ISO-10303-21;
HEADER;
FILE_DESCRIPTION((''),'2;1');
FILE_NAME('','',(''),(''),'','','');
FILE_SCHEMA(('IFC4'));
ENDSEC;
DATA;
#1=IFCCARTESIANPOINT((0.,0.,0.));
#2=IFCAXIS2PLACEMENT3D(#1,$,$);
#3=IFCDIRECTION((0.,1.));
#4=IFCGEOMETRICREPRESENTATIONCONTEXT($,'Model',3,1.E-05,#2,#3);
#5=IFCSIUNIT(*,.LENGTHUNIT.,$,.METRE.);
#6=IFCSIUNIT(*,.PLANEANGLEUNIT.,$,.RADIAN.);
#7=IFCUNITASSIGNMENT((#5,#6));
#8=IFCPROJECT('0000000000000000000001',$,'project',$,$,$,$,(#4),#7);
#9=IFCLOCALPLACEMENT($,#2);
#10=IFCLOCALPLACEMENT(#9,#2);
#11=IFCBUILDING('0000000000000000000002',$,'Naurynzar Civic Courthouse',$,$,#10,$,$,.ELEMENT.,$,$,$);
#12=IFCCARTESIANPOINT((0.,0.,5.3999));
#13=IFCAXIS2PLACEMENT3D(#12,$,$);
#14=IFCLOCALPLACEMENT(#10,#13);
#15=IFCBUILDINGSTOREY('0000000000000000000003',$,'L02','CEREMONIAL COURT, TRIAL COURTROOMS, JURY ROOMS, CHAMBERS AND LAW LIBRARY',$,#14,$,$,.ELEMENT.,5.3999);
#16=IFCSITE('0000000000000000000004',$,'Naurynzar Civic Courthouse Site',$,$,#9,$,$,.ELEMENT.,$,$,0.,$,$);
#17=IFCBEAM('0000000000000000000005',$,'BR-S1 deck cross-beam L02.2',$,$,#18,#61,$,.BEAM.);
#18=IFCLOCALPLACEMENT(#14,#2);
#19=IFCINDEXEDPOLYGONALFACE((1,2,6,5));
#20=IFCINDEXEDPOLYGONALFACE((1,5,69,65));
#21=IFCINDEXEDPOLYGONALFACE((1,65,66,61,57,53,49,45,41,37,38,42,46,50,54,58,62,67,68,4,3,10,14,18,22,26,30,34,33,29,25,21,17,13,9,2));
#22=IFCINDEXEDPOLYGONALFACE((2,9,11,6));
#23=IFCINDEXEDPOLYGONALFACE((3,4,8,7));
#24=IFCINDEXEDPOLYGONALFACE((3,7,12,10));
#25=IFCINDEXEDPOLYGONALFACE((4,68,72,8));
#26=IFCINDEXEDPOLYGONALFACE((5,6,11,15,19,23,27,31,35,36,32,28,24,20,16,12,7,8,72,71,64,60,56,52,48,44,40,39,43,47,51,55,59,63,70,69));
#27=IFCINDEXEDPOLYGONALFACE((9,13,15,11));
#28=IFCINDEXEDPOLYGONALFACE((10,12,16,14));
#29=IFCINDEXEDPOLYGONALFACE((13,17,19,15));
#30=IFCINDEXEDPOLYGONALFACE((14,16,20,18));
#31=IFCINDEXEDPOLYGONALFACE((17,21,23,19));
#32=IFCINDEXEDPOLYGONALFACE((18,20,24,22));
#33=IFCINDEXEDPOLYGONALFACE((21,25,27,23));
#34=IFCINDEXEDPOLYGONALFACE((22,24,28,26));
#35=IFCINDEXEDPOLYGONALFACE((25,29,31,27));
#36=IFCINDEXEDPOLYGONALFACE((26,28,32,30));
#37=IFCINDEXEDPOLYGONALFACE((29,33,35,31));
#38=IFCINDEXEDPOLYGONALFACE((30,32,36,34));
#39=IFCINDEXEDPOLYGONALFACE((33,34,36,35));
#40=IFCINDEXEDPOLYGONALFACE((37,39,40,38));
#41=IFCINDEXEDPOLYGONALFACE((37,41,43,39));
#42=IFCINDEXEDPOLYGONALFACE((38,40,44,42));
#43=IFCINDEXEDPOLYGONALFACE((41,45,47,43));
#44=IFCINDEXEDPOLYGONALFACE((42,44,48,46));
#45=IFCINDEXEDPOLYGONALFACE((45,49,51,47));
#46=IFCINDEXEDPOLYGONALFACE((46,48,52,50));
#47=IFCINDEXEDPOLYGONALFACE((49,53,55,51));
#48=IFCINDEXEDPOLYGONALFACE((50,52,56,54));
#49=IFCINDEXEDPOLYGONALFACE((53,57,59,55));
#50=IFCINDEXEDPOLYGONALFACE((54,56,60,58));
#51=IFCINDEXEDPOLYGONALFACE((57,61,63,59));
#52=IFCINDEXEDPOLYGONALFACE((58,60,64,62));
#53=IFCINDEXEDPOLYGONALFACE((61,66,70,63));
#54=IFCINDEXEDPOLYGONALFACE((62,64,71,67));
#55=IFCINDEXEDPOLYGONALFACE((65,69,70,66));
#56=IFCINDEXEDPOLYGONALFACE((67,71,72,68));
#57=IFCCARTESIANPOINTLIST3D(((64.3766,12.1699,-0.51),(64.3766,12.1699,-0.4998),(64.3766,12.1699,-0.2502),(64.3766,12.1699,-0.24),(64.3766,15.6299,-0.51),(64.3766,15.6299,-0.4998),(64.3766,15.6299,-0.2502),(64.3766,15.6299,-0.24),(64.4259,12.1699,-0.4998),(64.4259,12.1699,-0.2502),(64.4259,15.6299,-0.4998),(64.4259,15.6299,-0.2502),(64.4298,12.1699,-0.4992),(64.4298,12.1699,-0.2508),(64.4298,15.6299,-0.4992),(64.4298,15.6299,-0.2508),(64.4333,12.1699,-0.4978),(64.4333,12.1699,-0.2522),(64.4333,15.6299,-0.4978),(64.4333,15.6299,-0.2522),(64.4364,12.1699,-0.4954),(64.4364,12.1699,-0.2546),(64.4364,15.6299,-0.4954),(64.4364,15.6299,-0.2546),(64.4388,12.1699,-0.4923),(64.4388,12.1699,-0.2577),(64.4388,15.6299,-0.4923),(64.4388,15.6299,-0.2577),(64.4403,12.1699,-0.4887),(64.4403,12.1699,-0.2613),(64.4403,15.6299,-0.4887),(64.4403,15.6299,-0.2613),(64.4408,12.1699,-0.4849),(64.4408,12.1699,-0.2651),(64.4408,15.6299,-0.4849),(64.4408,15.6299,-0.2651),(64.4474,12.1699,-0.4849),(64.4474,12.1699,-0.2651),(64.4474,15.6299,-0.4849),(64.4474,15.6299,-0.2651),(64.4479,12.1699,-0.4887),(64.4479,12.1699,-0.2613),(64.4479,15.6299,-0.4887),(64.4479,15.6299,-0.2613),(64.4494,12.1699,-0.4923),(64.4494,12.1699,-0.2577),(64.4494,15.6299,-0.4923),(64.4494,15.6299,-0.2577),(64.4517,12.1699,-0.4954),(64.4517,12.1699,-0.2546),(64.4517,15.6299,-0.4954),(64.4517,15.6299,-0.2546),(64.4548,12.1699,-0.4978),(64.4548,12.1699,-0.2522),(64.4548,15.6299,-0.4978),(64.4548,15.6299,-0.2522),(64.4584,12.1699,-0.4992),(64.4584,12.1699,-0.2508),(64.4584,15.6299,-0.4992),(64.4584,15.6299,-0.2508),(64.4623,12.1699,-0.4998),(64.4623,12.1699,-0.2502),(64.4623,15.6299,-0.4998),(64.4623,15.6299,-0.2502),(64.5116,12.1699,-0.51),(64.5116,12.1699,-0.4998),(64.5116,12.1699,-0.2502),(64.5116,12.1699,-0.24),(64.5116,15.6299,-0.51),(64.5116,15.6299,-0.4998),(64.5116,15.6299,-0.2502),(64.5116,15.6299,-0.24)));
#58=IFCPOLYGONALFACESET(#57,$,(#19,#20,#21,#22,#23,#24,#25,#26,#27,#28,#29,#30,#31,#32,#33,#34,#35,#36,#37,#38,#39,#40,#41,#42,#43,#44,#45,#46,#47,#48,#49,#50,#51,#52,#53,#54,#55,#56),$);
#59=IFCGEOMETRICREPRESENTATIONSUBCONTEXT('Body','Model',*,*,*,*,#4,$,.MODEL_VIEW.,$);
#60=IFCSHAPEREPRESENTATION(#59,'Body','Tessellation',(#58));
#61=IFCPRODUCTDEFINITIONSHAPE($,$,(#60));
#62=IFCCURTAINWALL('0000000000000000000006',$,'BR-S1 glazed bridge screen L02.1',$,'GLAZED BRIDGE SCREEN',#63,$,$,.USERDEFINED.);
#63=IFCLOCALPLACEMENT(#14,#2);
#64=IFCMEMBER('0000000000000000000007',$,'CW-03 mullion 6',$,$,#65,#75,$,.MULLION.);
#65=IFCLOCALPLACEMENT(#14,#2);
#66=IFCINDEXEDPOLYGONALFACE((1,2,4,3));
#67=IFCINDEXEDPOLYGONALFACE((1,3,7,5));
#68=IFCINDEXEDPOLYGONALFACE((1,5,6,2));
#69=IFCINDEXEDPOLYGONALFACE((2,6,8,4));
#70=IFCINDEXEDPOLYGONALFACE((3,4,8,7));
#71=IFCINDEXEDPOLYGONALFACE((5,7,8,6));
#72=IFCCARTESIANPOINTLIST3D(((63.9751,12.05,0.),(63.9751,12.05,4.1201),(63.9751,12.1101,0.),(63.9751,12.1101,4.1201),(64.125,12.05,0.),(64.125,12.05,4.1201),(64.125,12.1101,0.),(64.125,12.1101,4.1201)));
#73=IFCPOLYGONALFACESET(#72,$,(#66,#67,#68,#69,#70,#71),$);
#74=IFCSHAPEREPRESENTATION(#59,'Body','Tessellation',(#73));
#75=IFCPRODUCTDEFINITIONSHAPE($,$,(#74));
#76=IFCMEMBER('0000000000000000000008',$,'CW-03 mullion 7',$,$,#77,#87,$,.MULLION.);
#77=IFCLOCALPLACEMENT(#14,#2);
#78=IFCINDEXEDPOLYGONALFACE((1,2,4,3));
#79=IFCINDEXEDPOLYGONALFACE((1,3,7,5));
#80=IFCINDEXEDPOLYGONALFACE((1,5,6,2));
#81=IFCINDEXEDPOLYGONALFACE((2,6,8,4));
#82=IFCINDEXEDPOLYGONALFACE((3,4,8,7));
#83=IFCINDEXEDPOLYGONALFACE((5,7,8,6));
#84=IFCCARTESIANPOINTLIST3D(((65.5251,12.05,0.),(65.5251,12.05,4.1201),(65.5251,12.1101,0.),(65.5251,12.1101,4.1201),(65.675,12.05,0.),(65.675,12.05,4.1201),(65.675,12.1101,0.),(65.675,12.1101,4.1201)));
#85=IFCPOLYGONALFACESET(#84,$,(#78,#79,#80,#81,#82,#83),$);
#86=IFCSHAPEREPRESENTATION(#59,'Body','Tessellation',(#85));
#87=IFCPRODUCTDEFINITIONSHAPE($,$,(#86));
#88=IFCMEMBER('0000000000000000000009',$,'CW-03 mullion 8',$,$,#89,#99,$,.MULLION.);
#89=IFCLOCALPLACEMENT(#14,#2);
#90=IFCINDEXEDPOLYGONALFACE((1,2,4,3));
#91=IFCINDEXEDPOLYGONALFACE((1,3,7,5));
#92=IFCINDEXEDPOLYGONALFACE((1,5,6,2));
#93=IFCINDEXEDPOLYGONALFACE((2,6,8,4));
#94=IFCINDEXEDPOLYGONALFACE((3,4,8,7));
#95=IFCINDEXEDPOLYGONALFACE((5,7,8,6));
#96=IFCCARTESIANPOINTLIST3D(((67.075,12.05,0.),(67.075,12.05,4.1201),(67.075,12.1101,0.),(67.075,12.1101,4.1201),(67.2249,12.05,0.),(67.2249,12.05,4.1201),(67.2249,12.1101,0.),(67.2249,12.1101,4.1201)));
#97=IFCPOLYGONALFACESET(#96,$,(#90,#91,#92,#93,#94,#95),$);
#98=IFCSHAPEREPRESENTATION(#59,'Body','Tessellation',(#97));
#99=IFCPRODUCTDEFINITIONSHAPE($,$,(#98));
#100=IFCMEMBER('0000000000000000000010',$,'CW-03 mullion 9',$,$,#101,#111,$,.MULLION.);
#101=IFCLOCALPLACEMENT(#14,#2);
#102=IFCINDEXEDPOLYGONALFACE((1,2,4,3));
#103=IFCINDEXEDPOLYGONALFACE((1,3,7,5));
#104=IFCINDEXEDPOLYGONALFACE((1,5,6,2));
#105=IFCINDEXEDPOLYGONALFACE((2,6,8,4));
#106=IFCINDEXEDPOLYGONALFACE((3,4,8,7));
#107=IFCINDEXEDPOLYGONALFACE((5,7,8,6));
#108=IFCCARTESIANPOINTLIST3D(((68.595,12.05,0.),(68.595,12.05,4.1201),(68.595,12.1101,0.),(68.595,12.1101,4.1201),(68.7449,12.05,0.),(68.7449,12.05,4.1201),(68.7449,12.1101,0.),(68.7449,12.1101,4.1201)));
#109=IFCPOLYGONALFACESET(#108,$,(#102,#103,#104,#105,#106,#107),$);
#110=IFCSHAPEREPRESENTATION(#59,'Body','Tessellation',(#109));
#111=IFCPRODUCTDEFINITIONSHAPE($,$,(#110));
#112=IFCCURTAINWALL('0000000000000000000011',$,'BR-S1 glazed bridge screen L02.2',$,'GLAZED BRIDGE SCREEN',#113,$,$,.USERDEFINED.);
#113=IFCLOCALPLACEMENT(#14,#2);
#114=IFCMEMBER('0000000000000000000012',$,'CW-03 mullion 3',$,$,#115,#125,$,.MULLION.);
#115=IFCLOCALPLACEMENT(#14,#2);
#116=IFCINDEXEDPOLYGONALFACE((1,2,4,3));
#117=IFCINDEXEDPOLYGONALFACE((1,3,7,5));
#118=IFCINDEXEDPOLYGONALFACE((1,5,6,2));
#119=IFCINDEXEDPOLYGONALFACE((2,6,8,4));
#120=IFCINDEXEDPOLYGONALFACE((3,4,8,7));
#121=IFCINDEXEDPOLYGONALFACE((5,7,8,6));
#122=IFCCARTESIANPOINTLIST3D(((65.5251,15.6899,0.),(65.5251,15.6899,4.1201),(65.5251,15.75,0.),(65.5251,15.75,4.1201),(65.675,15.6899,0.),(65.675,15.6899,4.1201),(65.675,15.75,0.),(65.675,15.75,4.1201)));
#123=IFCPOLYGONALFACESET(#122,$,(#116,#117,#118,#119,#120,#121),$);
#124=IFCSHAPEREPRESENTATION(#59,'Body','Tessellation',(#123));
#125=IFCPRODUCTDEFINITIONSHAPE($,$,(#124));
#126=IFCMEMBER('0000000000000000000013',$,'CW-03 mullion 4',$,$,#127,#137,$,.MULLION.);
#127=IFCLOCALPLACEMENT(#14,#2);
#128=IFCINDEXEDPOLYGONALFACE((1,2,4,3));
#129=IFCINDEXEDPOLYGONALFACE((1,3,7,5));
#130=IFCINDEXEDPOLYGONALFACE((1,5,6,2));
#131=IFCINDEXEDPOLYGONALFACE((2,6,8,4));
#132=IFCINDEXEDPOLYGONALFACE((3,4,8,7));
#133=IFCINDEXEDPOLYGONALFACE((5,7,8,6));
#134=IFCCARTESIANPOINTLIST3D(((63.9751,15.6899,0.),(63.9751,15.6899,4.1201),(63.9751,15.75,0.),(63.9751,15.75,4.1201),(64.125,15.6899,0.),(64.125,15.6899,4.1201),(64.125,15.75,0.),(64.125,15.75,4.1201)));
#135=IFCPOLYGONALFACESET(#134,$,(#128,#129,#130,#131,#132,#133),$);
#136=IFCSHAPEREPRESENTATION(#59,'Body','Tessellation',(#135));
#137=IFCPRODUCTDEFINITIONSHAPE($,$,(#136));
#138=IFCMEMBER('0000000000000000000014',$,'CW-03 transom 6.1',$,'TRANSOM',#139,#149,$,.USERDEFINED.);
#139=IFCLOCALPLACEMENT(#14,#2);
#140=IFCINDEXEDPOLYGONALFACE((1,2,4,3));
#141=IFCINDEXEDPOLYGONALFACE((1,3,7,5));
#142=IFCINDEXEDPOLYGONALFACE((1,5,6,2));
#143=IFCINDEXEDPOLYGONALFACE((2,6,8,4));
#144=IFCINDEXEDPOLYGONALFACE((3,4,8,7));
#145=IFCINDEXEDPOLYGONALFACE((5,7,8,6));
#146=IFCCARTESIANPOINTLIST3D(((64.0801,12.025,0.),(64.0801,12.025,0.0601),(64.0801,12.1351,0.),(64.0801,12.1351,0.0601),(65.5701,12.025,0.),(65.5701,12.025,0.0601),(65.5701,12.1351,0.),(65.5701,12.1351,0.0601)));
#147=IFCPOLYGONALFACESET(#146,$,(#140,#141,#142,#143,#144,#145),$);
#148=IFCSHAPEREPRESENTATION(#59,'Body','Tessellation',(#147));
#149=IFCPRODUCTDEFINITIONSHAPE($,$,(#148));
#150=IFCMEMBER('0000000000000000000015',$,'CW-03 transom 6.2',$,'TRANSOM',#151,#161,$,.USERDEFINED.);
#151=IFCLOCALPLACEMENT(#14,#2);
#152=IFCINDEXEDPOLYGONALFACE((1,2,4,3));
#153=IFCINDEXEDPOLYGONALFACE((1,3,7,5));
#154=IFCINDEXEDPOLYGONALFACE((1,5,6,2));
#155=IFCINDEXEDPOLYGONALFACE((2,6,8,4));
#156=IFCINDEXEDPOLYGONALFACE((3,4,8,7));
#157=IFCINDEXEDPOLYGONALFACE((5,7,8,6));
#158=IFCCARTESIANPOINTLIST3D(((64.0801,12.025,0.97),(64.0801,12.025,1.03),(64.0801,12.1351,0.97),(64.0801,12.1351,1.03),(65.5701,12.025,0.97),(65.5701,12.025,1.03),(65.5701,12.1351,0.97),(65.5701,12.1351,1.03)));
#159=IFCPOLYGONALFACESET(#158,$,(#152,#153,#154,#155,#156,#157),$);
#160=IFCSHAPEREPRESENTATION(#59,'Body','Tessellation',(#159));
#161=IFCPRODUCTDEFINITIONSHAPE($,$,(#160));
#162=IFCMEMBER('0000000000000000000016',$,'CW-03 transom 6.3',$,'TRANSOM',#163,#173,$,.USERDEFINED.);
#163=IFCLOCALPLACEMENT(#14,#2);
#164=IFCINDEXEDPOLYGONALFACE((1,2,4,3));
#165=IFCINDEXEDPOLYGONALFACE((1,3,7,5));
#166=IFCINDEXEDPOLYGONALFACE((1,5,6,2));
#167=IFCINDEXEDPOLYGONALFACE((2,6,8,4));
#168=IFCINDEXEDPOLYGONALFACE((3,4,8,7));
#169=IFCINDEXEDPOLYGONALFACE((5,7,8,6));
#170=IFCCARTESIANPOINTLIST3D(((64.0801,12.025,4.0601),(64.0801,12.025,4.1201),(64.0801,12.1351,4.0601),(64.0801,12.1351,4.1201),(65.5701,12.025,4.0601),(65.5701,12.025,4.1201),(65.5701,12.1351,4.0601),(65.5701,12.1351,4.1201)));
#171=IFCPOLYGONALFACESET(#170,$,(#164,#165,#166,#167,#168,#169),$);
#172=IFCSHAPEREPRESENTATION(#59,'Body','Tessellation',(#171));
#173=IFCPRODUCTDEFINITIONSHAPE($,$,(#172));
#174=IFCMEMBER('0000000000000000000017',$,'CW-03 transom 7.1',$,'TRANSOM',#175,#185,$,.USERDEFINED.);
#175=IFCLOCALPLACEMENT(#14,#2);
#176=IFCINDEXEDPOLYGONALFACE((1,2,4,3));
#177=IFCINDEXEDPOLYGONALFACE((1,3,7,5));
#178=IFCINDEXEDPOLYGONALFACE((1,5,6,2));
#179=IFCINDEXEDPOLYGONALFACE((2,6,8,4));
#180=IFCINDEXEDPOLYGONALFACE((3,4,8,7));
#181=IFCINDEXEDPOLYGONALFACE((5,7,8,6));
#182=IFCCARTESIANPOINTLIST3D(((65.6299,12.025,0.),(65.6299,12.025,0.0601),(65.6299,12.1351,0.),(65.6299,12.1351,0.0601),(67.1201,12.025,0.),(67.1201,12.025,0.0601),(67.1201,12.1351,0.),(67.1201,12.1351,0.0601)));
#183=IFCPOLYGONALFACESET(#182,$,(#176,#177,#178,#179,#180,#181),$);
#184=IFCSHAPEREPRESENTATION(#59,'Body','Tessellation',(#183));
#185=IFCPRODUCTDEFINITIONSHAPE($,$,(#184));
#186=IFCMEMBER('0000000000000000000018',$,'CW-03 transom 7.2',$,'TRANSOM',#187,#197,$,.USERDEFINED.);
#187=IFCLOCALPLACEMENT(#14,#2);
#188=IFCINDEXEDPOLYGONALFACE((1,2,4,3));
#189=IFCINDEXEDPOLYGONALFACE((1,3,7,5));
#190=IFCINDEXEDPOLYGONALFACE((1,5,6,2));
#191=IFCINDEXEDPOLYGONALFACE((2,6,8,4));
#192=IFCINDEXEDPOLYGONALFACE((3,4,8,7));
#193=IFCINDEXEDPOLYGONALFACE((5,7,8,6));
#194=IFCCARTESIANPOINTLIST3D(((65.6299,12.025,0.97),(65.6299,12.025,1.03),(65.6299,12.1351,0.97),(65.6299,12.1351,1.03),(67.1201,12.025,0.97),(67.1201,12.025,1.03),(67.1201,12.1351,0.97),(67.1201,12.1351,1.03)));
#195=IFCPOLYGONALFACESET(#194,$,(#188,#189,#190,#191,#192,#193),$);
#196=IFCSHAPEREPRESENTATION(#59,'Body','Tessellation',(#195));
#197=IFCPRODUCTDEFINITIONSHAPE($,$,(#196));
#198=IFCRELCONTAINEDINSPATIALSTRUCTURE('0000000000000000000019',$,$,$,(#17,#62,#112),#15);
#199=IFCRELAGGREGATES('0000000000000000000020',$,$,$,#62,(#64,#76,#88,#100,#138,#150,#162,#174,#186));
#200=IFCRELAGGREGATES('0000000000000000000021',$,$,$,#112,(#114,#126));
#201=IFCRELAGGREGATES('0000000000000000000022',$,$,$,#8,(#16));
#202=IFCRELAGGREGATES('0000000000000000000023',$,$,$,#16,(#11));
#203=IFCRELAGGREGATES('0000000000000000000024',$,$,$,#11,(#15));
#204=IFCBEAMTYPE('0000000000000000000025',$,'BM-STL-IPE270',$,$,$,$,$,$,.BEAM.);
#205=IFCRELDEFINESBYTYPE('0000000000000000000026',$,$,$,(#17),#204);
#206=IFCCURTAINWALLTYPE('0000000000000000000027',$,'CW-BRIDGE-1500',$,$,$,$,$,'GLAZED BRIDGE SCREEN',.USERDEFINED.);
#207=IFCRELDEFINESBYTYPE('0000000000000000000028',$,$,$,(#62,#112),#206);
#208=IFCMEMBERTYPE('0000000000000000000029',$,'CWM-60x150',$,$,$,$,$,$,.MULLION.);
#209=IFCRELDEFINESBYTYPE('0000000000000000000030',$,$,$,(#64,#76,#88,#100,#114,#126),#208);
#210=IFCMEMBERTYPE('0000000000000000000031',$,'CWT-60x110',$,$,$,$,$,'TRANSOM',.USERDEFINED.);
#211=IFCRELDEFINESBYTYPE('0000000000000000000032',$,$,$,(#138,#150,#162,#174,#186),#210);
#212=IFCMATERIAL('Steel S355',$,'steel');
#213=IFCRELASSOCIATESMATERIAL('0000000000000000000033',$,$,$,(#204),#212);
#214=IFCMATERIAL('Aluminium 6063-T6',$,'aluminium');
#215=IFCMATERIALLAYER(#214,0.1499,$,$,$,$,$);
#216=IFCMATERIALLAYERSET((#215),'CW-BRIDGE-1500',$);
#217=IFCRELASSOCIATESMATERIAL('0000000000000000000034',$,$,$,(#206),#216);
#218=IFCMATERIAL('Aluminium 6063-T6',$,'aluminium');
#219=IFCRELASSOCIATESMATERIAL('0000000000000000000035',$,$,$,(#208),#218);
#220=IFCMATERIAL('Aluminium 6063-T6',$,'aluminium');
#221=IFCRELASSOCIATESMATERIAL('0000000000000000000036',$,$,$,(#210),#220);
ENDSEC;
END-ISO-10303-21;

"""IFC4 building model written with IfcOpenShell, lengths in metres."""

from ifc_helpers import new_model, si_unit, direction, frame, origin, origin_2d, place, context, subcontext, project, spatial, rectangle, i_section, extrude, material, layer, layer_set, material_profile, profile_set, type_object, element, aggregate, save


model = new_model("IFC4")

# Units and contexts
model_context = context("Model", 3, precision=1e-05, world=origin(), true_north=direction((0.0, 1.0)))
body_context = subcontext(model_context, "Body", "Model", "MODEL_VIEW")
ifc_project = project(units=[si_unit("LENGTHUNIT", "METRE"), si_unit("PLANEANGLEUNIT", "RADIAN")], contexts=[model_context])

# Site, building, storey
site_placement = place(None, origin())
site = spatial("IfcSite", under=ifc_project, at=site_placement, Name="Naurynzar Civic Courthouse Site", CompositionType="ELEMENT", RefElevation=0.0)
building_placement = place(site_placement, origin())
building = spatial("IfcBuilding", under=site, at=building_placement, Name="Naurynzar Civic Courthouse", CompositionType="ELEMENT")
storey_placement = place(building_placement, frame((0.0, 0.0, 5.3999)))
storey = spatial("IfcBuildingStorey", under=building, at=storey_placement, Name="L02", Description="CEREMONIAL COURT, TRIAL COURTROOMS, JURY ROOMS, CHAMBERS AND LAW LIBRARY", CompositionType="ELEMENT", Elevation=5.3999)

# Beam
ifc_material_1 = material(Name="Steel S355", Category="steel")
ifc_material_profile_1 = material_profile(ifc_material_1, i_section(OverallWidth=0.135, OverallDepth=0.27, WebThickness=0.0066, FlangeThickness=0.0103, FilletRadius=0.0149, at=origin_2d()), Name="IPE 270")
ifc_profile_set_1 = profile_set([ifc_material_profile_1], Name="Steel S355")
beam_type = type_object("IfcBeamType", Name="BM-STL-IPE270", PredefinedType="BEAM", material=ifc_profile_set_1)
beam_placement = place(storey_placement, frame((64.4441, 12.1699, -0.375), z_axis=(0.0, 1.0, 0.0), x_axis=(-1.0, 0.0, 0.0)))
element("IfcBeam", 1, at=beam_placement, inside=storey, type_object=beam_type, Name="BR-S1 deck cross-beam L02.2", PredefinedType="BEAM", context=body_context, shape_type="SweptSolid", body=[
    extrude(i_section(OverallWidth=0.135, OverallDepth=0.27, WebThickness=0.0066, FlangeThickness=0.0103, FilletRadius=0.0149, at=origin_2d()), origin(), (0.0, 0.0, 1.0), 3.46),
])

# Curtain walls, members
ifc_material_2 = material(Name="Aluminium 6063-T6", Category="aluminium")
ifc_layer_1 = layer(ifc_material_2, 0.1499)
ifc_layer_set_1 = layer_set([ifc_layer_1], Name="CW-BRIDGE-1500")
curtain_wall_type = type_object("IfcCurtainWallType", Name="CW-BRIDGE-1500", ElementType="GLAZED BRIDGE SCREEN", PredefinedType="USERDEFINED", material=ifc_layer_set_1)
curtain_wall_1_placement = place(storey_placement, origin())
curtain_wall_1 = element("IfcCurtainWall", 2, at=curtain_wall_1_placement, inside=storey, type_object=curtain_wall_type, Name="BR-S1 glazed bridge screen L02.1", ObjectType="GLAZED BRIDGE SCREEN", PredefinedType="USERDEFINED")
ifc_material_3 = material(Name="Aluminium 6063-T6", Category="aluminium")
ifc_material_profile_2 = material_profile(ifc_material_3, rectangle(XDim=0.0601, YDim=0.1499, at=origin_2d()), Name="ALU MULLION 60x150")
ifc_profile_set_2 = profile_set([ifc_material_profile_2], Name="Aluminium 6063-T6")
member_type_1 = type_object("IfcMemberType", Name="CWM-60x150", PredefinedType="MULLION", material=ifc_profile_set_2)
member_1_placement = place(storey_placement, frame((64.05, 12.0801, 0.0), z_axis=(0.0, 0.0, 1.0), x_axis=(0.0, 1.0, 0.0)))
member_1 = element("IfcMember", 3, at=member_1_placement, type_object=member_type_1, Name="CW-03 mullion 6", PredefinedType="MULLION", context=body_context, shape_type="SweptSolid", body=[
    extrude(rectangle(XDim=0.0601, YDim=0.1499, at=origin_2d()), origin(), (0.0, 0.0, 1.0), 4.1201),
])
member_2_placement = place(storey_placement, frame((65.6001, 12.0801, 0.0), z_axis=(0.0, 0.0, 1.0), x_axis=(0.0, 1.0, 0.0)))
member_2 = element("IfcMember", 4, at=member_2_placement, type_object=member_type_1, Name="CW-03 mullion 7", PredefinedType="MULLION", context=body_context, shape_type="SweptSolid", body=[
    extrude(rectangle(XDim=0.0601, YDim=0.1499, at=origin_2d()), origin(), (0.0, 0.0, 1.0), 4.1201),
])
member_3_placement = place(storey_placement, frame((67.1499, 12.0801, 0.0), z_axis=(0.0, 0.0, 1.0), x_axis=(0.0, 1.0, 0.0)))
member_3 = element("IfcMember", 5, at=member_3_placement, type_object=member_type_1, Name="CW-03 mullion 8", PredefinedType="MULLION", context=body_context, shape_type="SweptSolid", body=[
    extrude(rectangle(XDim=0.0601, YDim=0.1499, at=origin_2d()), origin(), (0.0, 0.0, 1.0), 4.1201),
])
member_4_placement = place(storey_placement, frame((68.6699, 12.0801, 0.0), z_axis=(0.0, 0.0, 1.0), x_axis=(0.0, 1.0, 0.0)))
member_4 = element("IfcMember", 6, at=member_4_placement, type_object=member_type_1, Name="CW-03 mullion 9", PredefinedType="MULLION", context=body_context, shape_type="SweptSolid", body=[
    extrude(rectangle(XDim=0.0601, YDim=0.1499, at=origin_2d()), origin(), (0.0, 0.0, 1.0), 4.1201),
])
curtain_wall_2_placement = place(storey_placement, origin())
curtain_wall_2 = element("IfcCurtainWall", 7, at=curtain_wall_2_placement, inside=storey, type_object=curtain_wall_type, Name="BR-S1 glazed bridge screen L02.2", ObjectType="GLAZED BRIDGE SCREEN", PredefinedType="USERDEFINED")
member_5_placement = place(storey_placement, frame((65.6001, 15.72, 0.0), z_axis=(0.0, 0.0, 1.0), x_axis=(0.0, -1.0, 0.0)))
member_5 = element("IfcMember", 8, at=member_5_placement, type_object=member_type_1, Name="CW-03 mullion 3", PredefinedType="MULLION", context=body_context, shape_type="SweptSolid", body=[
    extrude(rectangle(XDim=0.0601, YDim=0.1499, at=origin_2d()), origin(), (0.0, 0.0, 1.0), 4.1201),
])
member_6_placement = place(storey_placement, frame((64.05, 15.72, 0.0), z_axis=(0.0, 0.0, 1.0), x_axis=(0.0, -1.0, 0.0)))
member_6 = element("IfcMember", 9, at=member_6_placement, type_object=member_type_1, Name="CW-03 mullion 4", PredefinedType="MULLION", context=body_context, shape_type="SweptSolid", body=[
    extrude(rectangle(XDim=0.0601, YDim=0.1499, at=origin_2d()), origin(), (0.0, 0.0, 1.0), 4.1201),
])

# Members
ifc_material_4 = material(Name="Aluminium 6063-T6", Category="aluminium")
ifc_material_profile_3 = material_profile(ifc_material_4, rectangle(XDim=0.1101, YDim=0.0601, at=origin_2d()), Name="ALU TRANSOM 60x110")
ifc_profile_set_3 = profile_set([ifc_material_profile_3], Name="Aluminium 6063-T6")
member_type_2 = type_object("IfcMemberType", Name="CWT-60x110", ElementType="TRANSOM", PredefinedType="USERDEFINED", material=ifc_profile_set_3)
member_7_placement = place(storey_placement, frame((64.0801, 12.0801, 0.03), z_axis=(1.0, 0.0, 0.0), x_axis=(0.0, 1.0, 0.0)))
member_7 = element("IfcMember", 10, at=member_7_placement, type_object=member_type_2, Name="CW-03 transom 6.1", ObjectType="TRANSOM", PredefinedType="USERDEFINED", context=body_context, shape_type="SweptSolid", body=[
    extrude(rectangle(XDim=0.1101, YDim=0.0601, at=origin_2d()), origin(), (0.0, 0.0, 1.0), 1.49),
])
member_8_placement = place(storey_placement, frame((64.0801, 12.0801, 1.0), z_axis=(1.0, 0.0, 0.0), x_axis=(0.0, 1.0, 0.0)))
member_8 = element("IfcMember", 11, at=member_8_placement, type_object=member_type_2, Name="CW-03 transom 6.2", ObjectType="TRANSOM", PredefinedType="USERDEFINED", context=body_context, shape_type="SweptSolid", body=[
    extrude(rectangle(XDim=0.1101, YDim=0.0601, at=origin_2d()), origin(), (0.0, 0.0, 1.0), 1.49),
])
member_9_placement = place(storey_placement, frame((64.0801, 12.0801, 4.0901), z_axis=(1.0, 0.0, 0.0), x_axis=(0.0, 1.0, 0.0)))
member_9 = element("IfcMember", 12, at=member_9_placement, type_object=member_type_2, Name="CW-03 transom 6.3", ObjectType="TRANSOM", PredefinedType="USERDEFINED", context=body_context, shape_type="SweptSolid", body=[
    extrude(rectangle(XDim=0.1101, YDim=0.0601, at=origin_2d()), origin(), (0.0, 0.0, 1.0), 1.49),
])
member_10_placement = place(storey_placement, frame((65.6299, 12.0801, 0.03), z_axis=(1.0, 0.0, 0.0), x_axis=(0.0, 1.0, 0.0)))
member_10 = element("IfcMember", 13, at=member_10_placement, type_object=member_type_2, Name="CW-03 transom 7.1", ObjectType="TRANSOM", PredefinedType="USERDEFINED", context=body_context, shape_type="SweptSolid", body=[
    extrude(rectangle(XDim=0.1101, YDim=0.0601, at=origin_2d()), origin(), (0.0, 0.0, 1.0), 1.4902),
])
member_11_placement = place(storey_placement, frame((65.6299, 12.0801, 1.0), z_axis=(1.0, 0.0, 0.0), x_axis=(0.0, 1.0, 0.0)))
member_11 = element("IfcMember", 14, at=member_11_placement, type_object=member_type_2, Name="CW-03 transom 7.2", ObjectType="TRANSOM", PredefinedType="USERDEFINED", context=body_context, shape_type="SweptSolid", body=[
    extrude(rectangle(XDim=0.1101, YDim=0.0601, at=origin_2d()), origin(), (0.0, 0.0, 1.0), 1.4902),
])

aggregate(curtain_wall_1, [member_1, member_2, member_3, member_4, member_7, member_8, member_9, member_10, member_11])
aggregate(curtain_wall_2, [member_5, member_6])

save(model, "model.ifc")
